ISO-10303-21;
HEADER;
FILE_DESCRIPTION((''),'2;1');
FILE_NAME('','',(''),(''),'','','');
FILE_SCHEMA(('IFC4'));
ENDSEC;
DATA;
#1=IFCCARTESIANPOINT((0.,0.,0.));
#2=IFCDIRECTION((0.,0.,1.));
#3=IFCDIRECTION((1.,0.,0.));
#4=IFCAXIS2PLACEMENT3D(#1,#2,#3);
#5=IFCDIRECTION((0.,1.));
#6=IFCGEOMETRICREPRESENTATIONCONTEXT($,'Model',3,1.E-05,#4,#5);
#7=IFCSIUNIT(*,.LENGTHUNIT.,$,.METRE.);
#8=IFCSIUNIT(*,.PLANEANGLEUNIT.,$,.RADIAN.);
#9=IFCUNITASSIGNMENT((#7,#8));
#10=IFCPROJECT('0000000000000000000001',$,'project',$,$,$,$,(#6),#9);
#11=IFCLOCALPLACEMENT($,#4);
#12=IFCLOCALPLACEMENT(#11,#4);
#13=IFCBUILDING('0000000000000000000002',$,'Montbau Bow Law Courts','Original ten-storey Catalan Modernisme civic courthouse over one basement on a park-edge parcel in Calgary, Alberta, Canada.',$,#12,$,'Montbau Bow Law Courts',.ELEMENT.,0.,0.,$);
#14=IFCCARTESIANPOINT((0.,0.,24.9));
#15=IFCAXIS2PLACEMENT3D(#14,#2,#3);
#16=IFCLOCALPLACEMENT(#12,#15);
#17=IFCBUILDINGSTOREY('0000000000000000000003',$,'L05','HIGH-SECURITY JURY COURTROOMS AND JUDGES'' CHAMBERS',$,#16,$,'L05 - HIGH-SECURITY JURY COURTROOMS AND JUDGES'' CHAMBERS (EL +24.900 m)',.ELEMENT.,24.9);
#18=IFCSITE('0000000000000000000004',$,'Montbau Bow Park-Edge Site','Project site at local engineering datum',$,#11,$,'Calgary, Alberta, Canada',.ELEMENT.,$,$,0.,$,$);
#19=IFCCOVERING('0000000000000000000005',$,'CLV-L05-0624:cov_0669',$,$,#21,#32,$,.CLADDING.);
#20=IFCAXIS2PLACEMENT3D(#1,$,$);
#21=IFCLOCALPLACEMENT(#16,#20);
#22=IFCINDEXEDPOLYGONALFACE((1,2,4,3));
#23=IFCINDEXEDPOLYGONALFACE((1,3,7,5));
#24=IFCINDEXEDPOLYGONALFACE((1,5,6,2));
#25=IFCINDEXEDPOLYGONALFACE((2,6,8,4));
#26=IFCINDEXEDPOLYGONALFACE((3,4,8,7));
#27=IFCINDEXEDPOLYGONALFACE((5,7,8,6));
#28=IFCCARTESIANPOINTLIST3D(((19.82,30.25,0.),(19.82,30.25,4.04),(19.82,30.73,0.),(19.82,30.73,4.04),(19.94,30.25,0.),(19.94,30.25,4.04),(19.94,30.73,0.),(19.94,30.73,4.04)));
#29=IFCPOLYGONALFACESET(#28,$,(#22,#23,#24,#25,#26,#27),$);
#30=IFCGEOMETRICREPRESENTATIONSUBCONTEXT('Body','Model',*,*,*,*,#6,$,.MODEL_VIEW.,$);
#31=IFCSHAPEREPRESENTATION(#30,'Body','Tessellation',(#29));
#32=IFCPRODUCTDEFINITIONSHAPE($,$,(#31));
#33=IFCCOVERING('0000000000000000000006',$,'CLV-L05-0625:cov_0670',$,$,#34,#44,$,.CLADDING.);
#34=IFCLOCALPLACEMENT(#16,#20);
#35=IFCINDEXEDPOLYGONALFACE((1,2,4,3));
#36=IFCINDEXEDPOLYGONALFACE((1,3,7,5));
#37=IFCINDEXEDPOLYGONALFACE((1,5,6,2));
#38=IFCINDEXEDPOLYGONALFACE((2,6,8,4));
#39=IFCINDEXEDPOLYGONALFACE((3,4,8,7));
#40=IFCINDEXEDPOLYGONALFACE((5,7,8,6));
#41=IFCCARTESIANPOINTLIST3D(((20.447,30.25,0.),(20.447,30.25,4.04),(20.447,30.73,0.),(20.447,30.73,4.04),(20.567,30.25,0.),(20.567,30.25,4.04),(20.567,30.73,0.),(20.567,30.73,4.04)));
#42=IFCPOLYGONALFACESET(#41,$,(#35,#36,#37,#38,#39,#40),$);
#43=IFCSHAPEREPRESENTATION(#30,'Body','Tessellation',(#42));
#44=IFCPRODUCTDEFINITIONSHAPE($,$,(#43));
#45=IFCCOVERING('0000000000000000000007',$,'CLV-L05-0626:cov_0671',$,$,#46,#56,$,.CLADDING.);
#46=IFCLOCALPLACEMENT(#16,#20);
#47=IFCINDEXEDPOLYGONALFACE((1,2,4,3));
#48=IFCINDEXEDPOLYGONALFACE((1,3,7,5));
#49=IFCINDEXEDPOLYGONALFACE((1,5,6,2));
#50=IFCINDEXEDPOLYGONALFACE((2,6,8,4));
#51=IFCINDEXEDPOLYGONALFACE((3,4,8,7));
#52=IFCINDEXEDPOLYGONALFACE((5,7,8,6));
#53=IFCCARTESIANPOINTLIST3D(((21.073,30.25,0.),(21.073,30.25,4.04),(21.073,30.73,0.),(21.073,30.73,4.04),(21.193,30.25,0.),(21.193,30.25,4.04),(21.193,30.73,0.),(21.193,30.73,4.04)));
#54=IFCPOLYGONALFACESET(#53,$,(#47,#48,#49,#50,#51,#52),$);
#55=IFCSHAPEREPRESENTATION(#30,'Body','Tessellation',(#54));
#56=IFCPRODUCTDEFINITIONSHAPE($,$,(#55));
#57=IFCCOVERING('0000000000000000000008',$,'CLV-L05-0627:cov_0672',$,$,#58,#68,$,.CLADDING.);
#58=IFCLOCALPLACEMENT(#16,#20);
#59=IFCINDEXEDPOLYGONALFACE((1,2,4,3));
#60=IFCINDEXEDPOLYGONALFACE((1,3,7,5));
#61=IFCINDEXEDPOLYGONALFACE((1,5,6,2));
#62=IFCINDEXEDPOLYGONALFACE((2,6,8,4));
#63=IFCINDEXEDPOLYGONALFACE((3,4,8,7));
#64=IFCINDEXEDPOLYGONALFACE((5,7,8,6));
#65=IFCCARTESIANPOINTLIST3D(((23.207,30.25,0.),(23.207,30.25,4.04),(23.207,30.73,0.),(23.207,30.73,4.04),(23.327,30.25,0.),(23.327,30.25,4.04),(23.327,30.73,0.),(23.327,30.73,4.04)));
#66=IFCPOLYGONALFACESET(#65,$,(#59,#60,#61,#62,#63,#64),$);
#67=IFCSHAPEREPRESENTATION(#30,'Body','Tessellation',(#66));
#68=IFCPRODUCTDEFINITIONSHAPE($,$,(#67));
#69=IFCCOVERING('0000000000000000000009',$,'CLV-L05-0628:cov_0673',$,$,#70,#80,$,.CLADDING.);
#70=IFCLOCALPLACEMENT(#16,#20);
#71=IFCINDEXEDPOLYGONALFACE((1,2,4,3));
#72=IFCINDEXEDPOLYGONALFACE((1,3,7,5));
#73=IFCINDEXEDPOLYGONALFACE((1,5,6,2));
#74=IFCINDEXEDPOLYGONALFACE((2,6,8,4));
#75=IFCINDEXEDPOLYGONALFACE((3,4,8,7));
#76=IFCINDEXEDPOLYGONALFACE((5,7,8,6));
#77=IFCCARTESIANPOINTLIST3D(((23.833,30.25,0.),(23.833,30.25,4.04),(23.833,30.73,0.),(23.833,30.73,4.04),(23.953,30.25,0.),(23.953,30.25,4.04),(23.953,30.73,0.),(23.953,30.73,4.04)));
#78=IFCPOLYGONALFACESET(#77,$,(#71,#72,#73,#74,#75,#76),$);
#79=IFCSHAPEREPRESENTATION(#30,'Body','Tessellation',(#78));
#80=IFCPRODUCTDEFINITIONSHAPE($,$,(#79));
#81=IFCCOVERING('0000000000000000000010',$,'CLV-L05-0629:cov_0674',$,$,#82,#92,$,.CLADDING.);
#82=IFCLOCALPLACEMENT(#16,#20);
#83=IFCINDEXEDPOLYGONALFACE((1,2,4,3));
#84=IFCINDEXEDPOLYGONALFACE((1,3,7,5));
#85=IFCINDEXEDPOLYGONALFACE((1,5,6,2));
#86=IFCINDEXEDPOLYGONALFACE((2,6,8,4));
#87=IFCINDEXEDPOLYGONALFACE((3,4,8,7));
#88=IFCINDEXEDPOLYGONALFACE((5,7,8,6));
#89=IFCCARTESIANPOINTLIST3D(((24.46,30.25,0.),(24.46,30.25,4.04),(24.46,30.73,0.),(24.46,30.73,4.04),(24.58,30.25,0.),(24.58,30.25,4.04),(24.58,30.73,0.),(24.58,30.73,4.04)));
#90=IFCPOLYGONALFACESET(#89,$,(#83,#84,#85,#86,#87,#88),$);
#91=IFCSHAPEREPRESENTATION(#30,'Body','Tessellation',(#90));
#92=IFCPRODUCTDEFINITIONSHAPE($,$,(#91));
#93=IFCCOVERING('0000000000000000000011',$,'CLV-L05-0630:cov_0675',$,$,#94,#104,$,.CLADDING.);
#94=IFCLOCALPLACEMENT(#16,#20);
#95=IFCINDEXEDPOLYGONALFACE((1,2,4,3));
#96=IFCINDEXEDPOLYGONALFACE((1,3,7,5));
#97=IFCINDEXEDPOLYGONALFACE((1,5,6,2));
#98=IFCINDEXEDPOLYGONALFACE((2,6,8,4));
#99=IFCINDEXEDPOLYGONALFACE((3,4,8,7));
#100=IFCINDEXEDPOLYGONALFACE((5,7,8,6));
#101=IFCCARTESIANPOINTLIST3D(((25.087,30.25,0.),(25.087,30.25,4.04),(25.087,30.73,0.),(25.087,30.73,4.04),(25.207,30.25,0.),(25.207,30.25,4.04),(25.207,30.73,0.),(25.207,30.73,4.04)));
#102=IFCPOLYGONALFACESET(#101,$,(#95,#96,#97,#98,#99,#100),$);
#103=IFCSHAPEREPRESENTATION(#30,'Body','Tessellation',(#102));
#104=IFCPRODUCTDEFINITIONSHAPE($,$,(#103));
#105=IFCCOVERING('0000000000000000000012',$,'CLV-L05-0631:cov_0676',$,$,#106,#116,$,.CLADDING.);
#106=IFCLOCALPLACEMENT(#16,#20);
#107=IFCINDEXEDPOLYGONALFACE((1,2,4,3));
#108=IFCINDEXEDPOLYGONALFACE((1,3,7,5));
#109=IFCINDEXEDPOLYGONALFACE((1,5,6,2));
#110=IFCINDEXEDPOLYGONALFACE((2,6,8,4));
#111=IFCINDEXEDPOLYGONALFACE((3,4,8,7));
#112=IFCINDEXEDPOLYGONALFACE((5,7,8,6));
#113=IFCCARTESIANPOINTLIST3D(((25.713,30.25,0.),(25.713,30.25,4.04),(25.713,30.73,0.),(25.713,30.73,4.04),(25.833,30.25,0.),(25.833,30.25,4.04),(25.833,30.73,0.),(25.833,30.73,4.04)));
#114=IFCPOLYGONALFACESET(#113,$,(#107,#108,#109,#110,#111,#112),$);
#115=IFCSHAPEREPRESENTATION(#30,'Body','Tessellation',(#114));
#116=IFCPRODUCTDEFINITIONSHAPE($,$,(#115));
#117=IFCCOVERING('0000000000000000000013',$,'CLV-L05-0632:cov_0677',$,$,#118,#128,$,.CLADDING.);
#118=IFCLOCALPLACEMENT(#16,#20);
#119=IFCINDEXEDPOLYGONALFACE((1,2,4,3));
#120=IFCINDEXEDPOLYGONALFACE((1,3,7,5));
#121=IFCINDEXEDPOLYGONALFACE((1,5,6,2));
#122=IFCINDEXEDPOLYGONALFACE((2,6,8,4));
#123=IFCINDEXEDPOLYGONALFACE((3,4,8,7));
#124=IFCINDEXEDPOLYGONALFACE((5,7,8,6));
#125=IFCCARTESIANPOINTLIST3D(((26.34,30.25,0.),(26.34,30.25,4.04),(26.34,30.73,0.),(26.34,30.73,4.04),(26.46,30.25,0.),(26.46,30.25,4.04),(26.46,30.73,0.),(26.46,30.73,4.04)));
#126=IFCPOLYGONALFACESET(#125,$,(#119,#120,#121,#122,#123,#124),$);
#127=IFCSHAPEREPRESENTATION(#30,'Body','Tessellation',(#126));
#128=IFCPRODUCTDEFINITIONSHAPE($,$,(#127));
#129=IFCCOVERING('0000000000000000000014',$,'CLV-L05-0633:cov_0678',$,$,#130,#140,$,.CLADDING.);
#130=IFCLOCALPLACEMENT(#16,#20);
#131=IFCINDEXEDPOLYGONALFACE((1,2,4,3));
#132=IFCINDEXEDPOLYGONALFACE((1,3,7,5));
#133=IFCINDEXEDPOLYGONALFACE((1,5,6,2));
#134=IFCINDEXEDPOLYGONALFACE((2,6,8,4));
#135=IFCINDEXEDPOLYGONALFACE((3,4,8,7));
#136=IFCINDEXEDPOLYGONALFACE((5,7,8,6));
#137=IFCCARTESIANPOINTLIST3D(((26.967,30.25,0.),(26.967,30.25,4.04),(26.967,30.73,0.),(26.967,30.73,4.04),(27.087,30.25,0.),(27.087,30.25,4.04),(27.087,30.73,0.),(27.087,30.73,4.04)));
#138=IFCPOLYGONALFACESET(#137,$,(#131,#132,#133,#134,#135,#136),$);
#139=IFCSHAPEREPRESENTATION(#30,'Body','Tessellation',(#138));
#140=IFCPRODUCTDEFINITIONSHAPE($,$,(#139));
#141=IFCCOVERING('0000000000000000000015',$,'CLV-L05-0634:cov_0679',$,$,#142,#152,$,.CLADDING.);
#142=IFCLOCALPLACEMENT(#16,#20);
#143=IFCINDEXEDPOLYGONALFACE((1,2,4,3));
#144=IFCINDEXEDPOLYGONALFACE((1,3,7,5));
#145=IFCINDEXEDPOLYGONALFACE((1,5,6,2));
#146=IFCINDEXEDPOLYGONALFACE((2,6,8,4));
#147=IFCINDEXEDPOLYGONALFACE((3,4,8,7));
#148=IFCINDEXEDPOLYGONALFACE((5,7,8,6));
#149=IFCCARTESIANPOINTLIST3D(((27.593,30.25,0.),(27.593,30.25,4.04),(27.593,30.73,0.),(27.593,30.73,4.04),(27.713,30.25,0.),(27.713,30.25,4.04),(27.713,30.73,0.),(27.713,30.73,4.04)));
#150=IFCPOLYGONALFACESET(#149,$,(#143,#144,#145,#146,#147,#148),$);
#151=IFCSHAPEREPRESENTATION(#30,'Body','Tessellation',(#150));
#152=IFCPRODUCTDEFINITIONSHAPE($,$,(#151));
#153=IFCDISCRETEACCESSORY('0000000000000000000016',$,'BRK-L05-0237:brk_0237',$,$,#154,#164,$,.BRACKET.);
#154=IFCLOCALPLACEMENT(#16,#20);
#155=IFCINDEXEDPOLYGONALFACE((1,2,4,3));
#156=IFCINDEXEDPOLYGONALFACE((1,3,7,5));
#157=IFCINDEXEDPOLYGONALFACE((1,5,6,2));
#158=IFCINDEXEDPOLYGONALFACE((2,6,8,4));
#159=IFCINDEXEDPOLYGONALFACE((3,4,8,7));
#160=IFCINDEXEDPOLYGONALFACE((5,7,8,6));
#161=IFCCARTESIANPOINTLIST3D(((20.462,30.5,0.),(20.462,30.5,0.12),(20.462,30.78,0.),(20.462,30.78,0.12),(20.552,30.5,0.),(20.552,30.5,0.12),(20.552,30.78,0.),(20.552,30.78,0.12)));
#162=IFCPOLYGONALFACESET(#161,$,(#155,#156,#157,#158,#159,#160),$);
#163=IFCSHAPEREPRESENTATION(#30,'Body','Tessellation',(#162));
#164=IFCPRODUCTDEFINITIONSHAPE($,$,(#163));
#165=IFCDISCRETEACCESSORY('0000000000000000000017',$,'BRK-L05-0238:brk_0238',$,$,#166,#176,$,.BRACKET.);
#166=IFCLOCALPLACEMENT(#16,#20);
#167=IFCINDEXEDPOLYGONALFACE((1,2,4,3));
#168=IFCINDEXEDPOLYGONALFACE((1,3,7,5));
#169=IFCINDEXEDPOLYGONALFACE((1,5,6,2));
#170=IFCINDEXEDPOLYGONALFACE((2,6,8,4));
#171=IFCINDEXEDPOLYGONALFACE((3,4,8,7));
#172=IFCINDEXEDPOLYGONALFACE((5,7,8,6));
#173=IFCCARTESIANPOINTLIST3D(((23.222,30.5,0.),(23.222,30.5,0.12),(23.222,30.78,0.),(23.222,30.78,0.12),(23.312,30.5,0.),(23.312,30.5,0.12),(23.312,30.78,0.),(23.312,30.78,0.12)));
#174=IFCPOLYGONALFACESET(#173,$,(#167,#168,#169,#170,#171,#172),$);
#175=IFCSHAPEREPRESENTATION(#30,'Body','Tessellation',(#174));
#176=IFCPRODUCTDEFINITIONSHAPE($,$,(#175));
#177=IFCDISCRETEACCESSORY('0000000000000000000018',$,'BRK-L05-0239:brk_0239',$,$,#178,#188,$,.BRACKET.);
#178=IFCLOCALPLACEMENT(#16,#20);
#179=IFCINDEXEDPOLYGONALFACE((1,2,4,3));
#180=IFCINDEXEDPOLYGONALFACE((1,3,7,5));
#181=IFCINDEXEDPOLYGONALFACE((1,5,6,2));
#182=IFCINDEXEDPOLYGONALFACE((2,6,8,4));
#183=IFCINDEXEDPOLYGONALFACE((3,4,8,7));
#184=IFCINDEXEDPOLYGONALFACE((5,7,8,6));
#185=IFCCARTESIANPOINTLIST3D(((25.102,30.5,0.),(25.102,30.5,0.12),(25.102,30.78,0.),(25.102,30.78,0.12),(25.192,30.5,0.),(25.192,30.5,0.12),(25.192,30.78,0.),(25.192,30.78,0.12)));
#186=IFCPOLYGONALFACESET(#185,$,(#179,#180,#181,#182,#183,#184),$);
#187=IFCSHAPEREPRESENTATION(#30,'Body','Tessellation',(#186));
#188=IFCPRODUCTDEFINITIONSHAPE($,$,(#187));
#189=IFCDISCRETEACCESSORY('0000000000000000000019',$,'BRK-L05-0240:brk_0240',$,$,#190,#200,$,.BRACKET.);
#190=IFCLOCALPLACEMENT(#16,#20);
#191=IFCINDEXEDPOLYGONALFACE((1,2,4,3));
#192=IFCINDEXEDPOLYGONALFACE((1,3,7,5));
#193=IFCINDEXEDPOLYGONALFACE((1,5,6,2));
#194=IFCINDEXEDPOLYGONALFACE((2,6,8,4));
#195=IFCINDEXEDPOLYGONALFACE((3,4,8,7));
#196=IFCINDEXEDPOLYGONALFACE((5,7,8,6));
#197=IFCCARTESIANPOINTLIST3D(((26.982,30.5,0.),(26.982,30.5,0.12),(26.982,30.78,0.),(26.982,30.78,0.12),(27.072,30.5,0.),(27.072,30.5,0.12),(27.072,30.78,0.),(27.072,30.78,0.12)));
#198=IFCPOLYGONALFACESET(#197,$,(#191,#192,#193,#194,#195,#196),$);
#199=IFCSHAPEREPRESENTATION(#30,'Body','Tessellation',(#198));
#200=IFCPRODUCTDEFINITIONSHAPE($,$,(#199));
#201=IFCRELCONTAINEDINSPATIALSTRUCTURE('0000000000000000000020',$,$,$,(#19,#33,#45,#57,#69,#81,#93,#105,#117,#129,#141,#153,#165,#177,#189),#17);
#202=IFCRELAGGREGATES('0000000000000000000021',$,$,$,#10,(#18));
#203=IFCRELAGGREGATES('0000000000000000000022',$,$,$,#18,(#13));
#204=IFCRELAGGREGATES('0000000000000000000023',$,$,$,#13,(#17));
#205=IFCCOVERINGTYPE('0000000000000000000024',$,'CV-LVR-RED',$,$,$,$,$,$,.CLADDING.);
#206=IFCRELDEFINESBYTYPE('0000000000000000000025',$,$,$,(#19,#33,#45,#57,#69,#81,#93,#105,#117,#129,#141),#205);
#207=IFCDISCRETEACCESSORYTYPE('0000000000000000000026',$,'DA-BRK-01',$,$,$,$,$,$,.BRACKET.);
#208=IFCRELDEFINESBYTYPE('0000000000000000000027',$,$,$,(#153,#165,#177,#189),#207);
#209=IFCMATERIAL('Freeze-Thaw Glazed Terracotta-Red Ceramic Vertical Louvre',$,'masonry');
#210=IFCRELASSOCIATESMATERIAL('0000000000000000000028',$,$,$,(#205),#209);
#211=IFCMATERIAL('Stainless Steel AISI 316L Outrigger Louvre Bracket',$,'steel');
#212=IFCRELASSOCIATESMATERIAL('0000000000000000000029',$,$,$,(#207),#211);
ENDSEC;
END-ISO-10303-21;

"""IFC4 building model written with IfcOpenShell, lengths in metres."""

from ifc_helpers import new_model, si_unit, direction, frame, frame_2d, origin_with_axes, origin_2d_with_axis, place, context, subcontext, project, spatial, rectangle, extrude, material, type_object, element, save


model = new_model("IFC4")

# Units and contexts
model_context = context("Model", 3, precision=1e-05, world=origin_with_axes(), true_north=direction((0.0, 1.0)))
body_context = subcontext(model_context, "Body", "Model", "MODEL_VIEW")
ifc_project = project(units=[si_unit("LENGTHUNIT", "METRE"), si_unit("PLANEANGLEUNIT", "RADIAN")], contexts=[model_context])

# Site, building, storey
site_placement = place(None, origin_with_axes())
site = spatial("IfcSite", under=ifc_project, at=site_placement, Name="Montbau Bow Park-Edge Site", Description="Project site at local engineering datum", LongName="Calgary, Alberta, Canada", CompositionType="ELEMENT", RefElevation=0.0)
building_placement = place(site_placement, origin_with_axes())
building = spatial("IfcBuilding", under=site, at=building_placement, Name="Montbau Bow Law Courts", Description="Original ten-storey Catalan Modernisme civic courthouse over one basement on a park-edge parcel in Calgary, Alberta, Canada.", LongName="Montbau Bow Law Courts", CompositionType="ELEMENT", ElevationOfRefHeight=0.0, ElevationOfTerrain=0.0)
storey_placement = place(building_placement, frame((0.0, 0.0, 24.9), z_axis=(0.0, 0.0, 1.0), x_axis=(1.0, 0.0, 0.0)))
storey = spatial("IfcBuildingStorey", under=building, at=storey_placement, Name="L05", Description="HIGH-SECURITY JURY COURTROOMS AND JUDGES' CHAMBERS", LongName="L05 - HIGH-SECURITY JURY COURTROOMS AND JUDGES' CHAMBERS (EL +24.900 m)", CompositionType="ELEMENT", Elevation=24.9)

# Coverings
ifc_material_1 = material(Name="Freeze-Thaw Glazed Terracotta-Red Ceramic Vertical Louvre", Category="masonry")
covering_type = type_object("IfcCoveringType", Name="CV-LVR-RED", PredefinedType="CLADDING", material=ifc_material_1)
for number, where, z_axis, x_axis, name in (
    (1, (19.88, 30.73, 24.9), (-1.0, 0.0, 0.0), (0.0, -1.0, 0.0), "CLV-L05-0624:cov_0669"),
    (2, (20.507, 30.73, 24.9), (-1.0, 0.0, 0.0), (0.0, -1.0, 0.0), "CLV-L05-0625:cov_0670"),
    (3, (21.133, 30.73, 24.9), (-1.0, 0.0, 0.0), (0.0, -1.0, 0.0), "CLV-L05-0626:cov_0671"),
    (4, (23.267, 30.73, 24.9), (-1.0, 0.0, 0.0), (0.0, -1.0, 0.0), "CLV-L05-0627:cov_0672"),
    (5, (23.893, 30.73, 24.9), (-1.0, 0.0, 0.0), (0.0, -1.0, 0.0), "CLV-L05-0628:cov_0673"),
    (6, (24.52, 30.73, 24.9), (-1.0, 0.0, 0.0), (0.0, -1.0, 0.0), "CLV-L05-0629:cov_0674"),
    (7, (25.147, 30.73, 24.9), (-1.0, 0.0, 0.0), (0.0, -1.0, 0.0), "CLV-L05-0630:cov_0675"),
    (8, (25.773, 30.73, 24.9), (-1.0, 0.0, 0.0), (0.0, -1.0, 0.0), "CLV-L05-0631:cov_0676"),
    (9, (26.4, 30.73, 24.9), (-1.0, 0.0, 0.0), (0.0, -1.0, 0.0), "CLV-L05-0632:cov_0677"),
    (10, (27.027, 30.73, 24.9), (-1.0, 0.0, 0.0), (0.0, -1.0, 0.0), "CLV-L05-0633:cov_0678"),
    (11, (27.653, 30.73, 24.9), (-1.0, 0.0, 0.0), (0.0, -1.0, 0.0), "CLV-L05-0634:cov_0679"),
):
    element("IfcCovering", number, at=place(None, frame(where, z_axis=z_axis, x_axis=x_axis)), inside=storey, type_object=covering_type, Name=name, PredefinedType="CLADDING", context=body_context, shape_type="SweptSolid", body=[
        extrude(rectangle(XDim=0.48, YDim=4.04, at=frame_2d((0.24, 2.02), x_axis=(1.0, 0.0))), frame((0.0, 0.0, -0.06), z_axis=(0.0, 0.0, 1.0), x_axis=(1.0, 0.0, 0.0)), (0.0, 0.0, 1.0), 0.12),
    ])

# Discrete accessories
ifc_material_2 = material(Name="Stainless Steel AISI 316L Outrigger Louvre Bracket", Category="steel")
discrete_accessory_type = type_object("IfcDiscreteAccessoryType", Name="DA-BRK-01", PredefinedType="BRACKET", material=ifc_material_2)
for number, where, z_axis, x_axis, name in (
    (12, (20.507, 30.64, 24.9), (0.0, 0.0, 1.0), (0.0, -1.0, 0.0), "BRK-L05-0237:brk_0237"),
    (13, (23.267, 30.64, 24.9), (0.0, 0.0, 1.0), (0.0, -1.0, 0.0), "BRK-L05-0238:brk_0238"),
    (14, (25.147, 30.64, 24.9), (0.0, 0.0, 1.0), (0.0, -1.0, 0.0), "BRK-L05-0239:brk_0239"),
    (15, (27.027, 30.64, 24.9), (0.0, 0.0, 1.0), (0.0, -1.0, 0.0), "BRK-L05-0240:brk_0240"),
):
    element("IfcDiscreteAccessory", number, at=place(None, frame(where, z_axis=z_axis, x_axis=x_axis)), inside=storey, type_object=discrete_accessory_type, Name=name, PredefinedType="BRACKET", context=body_context, shape_type="SweptSolid", body=[
        extrude(rectangle(XDim=0.28, YDim=0.09, at=origin_2d_with_axis()), origin_with_axes(), (0.0, 0.0, 1.0), 0.12),
    ])

save(model, "model.ifc")
